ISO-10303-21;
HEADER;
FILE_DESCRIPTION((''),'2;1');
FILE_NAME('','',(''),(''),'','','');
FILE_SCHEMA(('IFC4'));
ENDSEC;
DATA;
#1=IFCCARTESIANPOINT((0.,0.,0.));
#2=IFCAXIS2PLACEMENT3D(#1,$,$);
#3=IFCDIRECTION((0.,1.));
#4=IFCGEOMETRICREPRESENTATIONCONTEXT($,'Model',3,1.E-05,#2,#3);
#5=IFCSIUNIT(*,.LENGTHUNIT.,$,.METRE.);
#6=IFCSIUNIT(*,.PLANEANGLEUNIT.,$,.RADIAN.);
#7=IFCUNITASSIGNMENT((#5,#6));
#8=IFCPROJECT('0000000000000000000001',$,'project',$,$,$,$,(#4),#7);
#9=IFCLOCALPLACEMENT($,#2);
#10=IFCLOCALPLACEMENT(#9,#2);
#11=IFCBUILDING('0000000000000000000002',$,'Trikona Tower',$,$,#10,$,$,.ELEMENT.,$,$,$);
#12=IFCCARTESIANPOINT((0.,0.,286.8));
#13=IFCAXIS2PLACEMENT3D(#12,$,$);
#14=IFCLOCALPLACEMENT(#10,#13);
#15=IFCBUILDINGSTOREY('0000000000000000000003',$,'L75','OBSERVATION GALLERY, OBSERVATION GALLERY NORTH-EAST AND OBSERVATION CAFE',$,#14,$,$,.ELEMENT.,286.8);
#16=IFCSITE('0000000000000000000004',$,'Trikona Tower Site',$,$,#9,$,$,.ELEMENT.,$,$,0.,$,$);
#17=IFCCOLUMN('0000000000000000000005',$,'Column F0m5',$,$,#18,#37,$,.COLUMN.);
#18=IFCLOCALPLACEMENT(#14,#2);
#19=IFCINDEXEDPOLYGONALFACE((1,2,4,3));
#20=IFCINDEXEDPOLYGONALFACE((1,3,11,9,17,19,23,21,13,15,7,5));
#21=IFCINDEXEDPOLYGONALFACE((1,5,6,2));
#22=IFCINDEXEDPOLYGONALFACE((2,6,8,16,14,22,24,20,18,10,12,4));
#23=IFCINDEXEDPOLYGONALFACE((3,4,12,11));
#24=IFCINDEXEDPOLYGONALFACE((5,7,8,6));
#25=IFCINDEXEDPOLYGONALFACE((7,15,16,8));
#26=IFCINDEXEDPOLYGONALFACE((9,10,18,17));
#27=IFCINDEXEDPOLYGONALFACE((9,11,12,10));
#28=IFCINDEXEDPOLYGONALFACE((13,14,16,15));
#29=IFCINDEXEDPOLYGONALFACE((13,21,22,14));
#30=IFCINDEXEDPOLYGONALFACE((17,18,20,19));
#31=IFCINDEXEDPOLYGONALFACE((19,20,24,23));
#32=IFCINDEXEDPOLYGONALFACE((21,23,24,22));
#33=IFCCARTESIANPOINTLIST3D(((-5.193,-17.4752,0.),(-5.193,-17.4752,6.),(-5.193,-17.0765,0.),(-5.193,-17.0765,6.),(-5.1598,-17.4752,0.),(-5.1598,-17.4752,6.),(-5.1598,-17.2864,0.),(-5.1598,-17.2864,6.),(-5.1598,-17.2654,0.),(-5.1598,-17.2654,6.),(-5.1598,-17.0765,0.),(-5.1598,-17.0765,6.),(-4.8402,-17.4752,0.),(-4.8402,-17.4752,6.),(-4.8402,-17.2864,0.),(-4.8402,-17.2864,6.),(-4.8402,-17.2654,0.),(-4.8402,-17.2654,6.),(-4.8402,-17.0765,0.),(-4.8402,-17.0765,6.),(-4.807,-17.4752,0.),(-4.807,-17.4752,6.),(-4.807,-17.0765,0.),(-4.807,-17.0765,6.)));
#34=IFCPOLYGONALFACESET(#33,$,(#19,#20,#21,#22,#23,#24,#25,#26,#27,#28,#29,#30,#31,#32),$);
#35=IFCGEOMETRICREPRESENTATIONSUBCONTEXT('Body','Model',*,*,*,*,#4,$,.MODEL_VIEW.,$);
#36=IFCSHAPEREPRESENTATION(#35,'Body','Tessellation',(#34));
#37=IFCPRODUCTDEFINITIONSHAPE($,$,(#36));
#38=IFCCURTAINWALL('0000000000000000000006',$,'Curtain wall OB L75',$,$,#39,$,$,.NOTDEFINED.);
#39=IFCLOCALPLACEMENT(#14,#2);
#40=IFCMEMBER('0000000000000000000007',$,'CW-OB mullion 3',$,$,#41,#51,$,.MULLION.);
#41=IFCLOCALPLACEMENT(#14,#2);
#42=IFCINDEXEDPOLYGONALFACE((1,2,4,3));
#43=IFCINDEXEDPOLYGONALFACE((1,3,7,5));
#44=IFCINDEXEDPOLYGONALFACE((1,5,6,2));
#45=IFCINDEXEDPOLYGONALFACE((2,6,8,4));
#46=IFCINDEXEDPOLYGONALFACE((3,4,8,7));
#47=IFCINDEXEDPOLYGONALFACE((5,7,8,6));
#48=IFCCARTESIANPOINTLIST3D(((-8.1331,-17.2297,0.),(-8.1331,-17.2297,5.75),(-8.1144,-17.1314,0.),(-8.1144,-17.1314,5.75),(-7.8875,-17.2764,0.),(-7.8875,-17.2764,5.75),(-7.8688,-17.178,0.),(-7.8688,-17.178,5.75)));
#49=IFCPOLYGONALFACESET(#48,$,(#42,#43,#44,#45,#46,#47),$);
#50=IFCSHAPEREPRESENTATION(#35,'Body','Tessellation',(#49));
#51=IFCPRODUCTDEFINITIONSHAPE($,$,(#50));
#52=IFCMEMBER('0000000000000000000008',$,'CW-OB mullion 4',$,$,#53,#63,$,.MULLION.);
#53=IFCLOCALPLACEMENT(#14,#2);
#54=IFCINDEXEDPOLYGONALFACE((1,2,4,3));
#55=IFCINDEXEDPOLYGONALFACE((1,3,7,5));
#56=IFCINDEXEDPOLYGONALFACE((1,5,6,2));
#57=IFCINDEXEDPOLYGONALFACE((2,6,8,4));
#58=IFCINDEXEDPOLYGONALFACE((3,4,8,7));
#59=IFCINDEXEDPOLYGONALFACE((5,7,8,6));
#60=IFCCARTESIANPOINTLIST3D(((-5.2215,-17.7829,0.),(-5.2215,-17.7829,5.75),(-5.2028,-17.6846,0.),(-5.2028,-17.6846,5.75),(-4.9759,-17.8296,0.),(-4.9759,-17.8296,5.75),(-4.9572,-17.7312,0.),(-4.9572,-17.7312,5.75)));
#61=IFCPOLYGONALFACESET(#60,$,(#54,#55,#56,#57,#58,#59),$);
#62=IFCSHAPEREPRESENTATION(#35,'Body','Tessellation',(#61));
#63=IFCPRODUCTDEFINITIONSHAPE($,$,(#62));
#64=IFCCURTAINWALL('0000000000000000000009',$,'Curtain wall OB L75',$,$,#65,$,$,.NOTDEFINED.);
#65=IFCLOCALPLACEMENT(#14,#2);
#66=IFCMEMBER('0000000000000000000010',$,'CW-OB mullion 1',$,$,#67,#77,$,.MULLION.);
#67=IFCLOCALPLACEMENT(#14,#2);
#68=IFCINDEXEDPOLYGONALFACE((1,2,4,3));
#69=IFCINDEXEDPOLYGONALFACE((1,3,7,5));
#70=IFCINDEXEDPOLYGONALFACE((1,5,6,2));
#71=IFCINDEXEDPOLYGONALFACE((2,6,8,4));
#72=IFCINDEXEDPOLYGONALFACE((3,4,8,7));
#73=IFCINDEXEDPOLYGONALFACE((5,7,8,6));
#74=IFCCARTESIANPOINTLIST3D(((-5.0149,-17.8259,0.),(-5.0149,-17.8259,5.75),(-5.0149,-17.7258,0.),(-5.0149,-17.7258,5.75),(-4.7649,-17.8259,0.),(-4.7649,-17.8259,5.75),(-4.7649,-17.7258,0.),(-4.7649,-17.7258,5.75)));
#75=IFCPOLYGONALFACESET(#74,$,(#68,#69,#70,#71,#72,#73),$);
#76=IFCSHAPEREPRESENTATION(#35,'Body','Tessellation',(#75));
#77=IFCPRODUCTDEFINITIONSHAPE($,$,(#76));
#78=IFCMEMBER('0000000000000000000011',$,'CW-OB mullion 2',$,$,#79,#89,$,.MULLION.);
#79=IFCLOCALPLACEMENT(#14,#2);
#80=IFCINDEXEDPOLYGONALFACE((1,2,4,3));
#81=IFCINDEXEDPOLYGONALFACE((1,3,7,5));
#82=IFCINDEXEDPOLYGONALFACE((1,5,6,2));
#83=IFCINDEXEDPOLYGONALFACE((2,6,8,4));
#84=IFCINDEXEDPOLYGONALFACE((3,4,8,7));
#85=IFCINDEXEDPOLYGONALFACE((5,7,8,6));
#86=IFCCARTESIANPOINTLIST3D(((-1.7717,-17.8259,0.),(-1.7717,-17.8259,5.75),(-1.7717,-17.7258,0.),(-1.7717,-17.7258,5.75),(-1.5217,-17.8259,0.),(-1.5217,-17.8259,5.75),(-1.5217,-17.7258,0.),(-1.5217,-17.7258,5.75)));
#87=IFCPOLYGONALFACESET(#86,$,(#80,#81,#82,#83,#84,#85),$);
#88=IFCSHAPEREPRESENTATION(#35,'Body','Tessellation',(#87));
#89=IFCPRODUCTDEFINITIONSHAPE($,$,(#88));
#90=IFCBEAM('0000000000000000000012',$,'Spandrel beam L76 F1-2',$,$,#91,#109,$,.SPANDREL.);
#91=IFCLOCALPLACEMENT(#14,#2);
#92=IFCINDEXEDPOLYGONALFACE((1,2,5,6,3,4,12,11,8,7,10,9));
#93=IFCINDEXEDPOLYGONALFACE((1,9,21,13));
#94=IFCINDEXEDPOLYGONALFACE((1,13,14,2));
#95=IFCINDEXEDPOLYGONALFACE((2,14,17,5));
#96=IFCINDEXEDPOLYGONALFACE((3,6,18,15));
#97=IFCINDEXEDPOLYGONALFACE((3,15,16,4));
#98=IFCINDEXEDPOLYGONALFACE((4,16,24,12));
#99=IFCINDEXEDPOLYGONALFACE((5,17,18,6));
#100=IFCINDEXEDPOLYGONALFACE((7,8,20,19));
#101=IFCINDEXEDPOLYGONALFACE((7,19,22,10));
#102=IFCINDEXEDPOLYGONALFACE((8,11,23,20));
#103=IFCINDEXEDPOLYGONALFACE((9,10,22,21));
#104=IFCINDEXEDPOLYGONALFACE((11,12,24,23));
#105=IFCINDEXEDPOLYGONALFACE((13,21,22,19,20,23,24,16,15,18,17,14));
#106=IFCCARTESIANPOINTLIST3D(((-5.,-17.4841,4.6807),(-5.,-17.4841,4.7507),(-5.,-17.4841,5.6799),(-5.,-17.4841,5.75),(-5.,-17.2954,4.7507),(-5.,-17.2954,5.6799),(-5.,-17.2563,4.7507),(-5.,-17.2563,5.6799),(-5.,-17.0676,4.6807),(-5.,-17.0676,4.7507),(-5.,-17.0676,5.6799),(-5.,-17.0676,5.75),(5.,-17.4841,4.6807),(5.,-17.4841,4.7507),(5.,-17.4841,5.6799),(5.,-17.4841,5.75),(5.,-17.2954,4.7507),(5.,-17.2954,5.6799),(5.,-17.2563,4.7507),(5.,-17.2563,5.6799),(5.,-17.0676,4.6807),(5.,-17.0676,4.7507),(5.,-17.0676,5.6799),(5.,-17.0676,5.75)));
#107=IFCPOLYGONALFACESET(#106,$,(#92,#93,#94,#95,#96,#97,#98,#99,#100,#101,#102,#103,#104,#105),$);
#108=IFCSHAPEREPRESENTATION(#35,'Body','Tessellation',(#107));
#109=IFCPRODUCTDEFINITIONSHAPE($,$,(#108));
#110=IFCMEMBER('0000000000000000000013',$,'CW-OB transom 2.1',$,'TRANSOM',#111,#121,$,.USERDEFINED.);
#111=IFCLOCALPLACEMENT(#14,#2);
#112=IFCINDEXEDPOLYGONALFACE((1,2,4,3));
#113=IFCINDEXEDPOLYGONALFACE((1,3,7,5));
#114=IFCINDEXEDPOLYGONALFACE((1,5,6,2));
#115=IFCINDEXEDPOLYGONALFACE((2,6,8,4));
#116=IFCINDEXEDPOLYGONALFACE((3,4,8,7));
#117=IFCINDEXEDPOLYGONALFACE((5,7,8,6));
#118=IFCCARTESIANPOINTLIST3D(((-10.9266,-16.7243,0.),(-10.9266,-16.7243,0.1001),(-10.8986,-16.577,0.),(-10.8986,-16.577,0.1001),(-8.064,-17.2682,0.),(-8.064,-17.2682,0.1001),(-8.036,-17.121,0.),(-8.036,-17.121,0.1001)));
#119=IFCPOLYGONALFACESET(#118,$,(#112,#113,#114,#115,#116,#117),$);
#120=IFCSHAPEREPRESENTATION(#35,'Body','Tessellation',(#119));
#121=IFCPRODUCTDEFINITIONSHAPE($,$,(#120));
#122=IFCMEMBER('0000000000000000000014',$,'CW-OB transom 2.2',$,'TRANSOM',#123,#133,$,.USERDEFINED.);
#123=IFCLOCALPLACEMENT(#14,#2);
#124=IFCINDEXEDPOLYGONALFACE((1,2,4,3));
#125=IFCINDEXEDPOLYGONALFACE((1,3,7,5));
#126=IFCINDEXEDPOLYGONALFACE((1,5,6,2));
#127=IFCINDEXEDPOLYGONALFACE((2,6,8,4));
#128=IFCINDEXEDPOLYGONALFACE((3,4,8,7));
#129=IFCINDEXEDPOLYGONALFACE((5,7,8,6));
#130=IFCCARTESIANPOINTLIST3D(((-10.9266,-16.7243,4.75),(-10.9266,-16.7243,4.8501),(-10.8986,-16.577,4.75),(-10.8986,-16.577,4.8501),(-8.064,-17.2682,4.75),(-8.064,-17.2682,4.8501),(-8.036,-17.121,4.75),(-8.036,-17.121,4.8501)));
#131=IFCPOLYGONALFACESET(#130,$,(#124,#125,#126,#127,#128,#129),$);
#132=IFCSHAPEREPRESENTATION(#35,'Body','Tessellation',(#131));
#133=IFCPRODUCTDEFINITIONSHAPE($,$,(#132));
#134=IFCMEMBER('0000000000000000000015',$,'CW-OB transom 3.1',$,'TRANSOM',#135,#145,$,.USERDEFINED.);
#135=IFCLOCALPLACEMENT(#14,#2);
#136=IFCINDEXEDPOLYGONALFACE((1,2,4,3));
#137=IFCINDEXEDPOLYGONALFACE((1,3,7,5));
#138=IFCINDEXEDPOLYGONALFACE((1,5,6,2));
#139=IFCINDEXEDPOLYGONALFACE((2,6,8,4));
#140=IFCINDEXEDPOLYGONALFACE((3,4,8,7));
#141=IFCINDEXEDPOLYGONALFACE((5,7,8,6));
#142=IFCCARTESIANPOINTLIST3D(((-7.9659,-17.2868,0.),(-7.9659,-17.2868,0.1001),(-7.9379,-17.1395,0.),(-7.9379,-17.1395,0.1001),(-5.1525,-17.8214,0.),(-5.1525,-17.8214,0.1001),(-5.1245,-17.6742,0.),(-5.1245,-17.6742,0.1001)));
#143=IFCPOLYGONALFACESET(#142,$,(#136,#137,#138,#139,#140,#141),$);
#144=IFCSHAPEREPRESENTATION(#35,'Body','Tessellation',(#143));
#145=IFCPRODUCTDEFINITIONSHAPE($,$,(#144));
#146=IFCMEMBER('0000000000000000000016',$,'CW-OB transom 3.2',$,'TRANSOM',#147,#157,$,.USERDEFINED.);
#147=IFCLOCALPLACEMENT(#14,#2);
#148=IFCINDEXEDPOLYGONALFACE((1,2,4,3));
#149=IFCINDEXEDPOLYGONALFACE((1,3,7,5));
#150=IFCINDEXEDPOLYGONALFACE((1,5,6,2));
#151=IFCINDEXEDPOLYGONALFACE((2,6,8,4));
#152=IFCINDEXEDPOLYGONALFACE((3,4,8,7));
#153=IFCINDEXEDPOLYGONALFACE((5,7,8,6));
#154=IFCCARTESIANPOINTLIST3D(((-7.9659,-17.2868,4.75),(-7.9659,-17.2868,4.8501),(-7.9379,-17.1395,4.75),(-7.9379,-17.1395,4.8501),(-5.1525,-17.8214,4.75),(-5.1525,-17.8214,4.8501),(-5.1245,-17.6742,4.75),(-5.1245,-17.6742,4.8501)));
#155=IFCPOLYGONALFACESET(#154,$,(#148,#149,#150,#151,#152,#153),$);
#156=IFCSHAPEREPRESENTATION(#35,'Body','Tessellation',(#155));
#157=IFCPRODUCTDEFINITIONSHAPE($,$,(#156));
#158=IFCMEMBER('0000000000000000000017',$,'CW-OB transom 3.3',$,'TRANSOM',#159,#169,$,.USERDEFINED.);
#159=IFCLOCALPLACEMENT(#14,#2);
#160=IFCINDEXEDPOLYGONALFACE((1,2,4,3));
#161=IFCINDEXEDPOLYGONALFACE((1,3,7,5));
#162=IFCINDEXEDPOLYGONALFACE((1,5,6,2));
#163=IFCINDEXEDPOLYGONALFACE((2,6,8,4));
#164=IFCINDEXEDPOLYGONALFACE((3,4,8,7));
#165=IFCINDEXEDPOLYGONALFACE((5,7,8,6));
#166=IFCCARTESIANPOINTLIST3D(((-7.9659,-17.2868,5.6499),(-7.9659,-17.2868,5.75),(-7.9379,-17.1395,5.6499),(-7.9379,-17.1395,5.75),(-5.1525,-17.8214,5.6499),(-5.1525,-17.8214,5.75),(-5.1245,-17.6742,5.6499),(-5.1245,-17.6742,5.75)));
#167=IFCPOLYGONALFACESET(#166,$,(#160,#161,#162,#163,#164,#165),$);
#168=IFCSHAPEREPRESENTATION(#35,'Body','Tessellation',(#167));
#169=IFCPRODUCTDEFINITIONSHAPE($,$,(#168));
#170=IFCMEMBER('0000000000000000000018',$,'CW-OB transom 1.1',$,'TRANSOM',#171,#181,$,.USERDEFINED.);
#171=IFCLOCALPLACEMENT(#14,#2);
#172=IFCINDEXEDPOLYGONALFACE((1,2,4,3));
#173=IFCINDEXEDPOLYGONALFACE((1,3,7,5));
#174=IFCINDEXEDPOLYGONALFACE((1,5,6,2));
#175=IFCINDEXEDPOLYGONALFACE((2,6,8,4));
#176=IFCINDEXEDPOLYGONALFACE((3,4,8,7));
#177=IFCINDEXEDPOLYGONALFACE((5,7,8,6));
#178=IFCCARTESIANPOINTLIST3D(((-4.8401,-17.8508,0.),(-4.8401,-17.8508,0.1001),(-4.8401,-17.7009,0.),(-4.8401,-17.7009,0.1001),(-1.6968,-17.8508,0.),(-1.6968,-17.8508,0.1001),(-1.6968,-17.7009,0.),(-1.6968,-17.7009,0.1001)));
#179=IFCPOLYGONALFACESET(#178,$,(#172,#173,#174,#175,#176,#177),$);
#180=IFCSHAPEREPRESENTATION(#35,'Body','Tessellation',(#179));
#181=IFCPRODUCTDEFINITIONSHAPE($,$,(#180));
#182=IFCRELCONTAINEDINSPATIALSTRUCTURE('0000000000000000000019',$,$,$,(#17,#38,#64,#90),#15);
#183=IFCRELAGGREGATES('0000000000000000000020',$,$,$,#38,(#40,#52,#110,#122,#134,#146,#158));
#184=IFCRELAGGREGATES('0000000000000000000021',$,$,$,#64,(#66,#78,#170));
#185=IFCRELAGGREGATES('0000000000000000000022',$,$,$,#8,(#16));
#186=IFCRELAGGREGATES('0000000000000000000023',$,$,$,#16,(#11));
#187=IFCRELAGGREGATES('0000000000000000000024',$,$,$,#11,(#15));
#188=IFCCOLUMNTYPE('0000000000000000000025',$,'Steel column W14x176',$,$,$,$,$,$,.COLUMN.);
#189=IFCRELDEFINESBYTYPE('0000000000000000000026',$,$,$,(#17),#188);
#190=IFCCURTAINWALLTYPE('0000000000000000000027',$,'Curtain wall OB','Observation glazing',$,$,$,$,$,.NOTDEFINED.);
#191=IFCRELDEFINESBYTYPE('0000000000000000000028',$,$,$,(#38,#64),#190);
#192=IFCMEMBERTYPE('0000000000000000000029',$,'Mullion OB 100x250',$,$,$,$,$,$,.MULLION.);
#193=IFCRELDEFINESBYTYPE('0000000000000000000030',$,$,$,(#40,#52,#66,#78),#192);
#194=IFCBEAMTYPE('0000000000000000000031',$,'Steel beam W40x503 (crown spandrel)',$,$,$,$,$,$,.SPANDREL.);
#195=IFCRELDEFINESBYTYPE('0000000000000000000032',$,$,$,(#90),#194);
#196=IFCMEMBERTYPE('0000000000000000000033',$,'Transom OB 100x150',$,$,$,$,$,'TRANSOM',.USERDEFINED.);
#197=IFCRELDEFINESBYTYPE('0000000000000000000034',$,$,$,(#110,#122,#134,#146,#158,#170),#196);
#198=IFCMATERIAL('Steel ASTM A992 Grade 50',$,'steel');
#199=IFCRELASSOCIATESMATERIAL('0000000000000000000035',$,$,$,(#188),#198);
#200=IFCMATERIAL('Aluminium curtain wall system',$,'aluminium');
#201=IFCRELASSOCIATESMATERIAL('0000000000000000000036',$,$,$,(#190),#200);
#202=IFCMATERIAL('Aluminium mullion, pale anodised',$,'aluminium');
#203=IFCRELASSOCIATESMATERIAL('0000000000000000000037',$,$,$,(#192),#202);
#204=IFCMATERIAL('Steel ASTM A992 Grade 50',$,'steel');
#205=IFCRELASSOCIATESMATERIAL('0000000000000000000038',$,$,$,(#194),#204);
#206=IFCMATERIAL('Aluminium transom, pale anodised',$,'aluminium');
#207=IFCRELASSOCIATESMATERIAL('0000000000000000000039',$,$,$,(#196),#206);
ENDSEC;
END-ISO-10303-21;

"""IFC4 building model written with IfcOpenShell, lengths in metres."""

from ifc_helpers import new_model, si_unit, direction, frame, origin, origin_2d, place, context, subcontext, project, spatial, rectangle, i_section, extrude, material, material_profile, profile_set, type_object, element, aggregate, save


model = new_model("IFC4")

# Units and contexts
model_context = context("Model", 3, precision=1e-05, world=origin(), true_north=direction((0.0, 1.0)))
body_context = subcontext(model_context, "Body", "Model", "MODEL_VIEW")
ifc_project = project(units=[si_unit("LENGTHUNIT", "METRE"), si_unit("PLANEANGLEUNIT", "RADIAN")], contexts=[model_context])

# Site, building, storey
site_placement = place(None, origin())
site = spatial("IfcSite", under=ifc_project, at=site_placement, Name="Trikona Tower Site", CompositionType="ELEMENT", RefElevation=0.0)
building_placement = place(site_placement, origin())
building = spatial("IfcBuilding", under=site, at=building_placement, Name="Trikona Tower", CompositionType="ELEMENT")
storey_placement = place(building_placement, frame((0.0, 0.0, 286.8)))
storey = spatial("IfcBuildingStorey", under=building, at=storey_placement, Name="L75", Description="OBSERVATION GALLERY, OBSERVATION GALLERY NORTH-EAST AND OBSERVATION CAFE", CompositionType="ELEMENT", Elevation=286.8)

# Column
ifc_material_1 = material(Name="Steel ASTM A992 Grade 50", Category="steel")
ifc_material_profile_1 = material_profile(ifc_material_1, i_section(OverallWidth=0.3987, OverallDepth=0.386, WebThickness=0.021, FlangeThickness=0.0332, at=origin_2d()), Name="W14X176")
ifc_profile_set_1 = profile_set([ifc_material_profile_1], Name="Steel ASTM A992 Grade 50")
column_type = type_object("IfcColumnType", Name="Steel column W14x176", PredefinedType="COLUMN", material=ifc_profile_set_1)
column_placement = place(storey_placement, frame((-5.0, -17.2759, 0.0), z_axis=(0.0, 0.0, 1.0), x_axis=(0.0, -1.0, 0.0)))
element("IfcColumn", 1, at=column_placement, inside=storey, type_object=column_type, Name="Column F0m5", PredefinedType="COLUMN", context=body_context, shape_type="SweptSolid", body=[
    extrude(i_section(OverallWidth=0.3987, OverallDepth=0.386, WebThickness=0.021, FlangeThickness=0.0332, at=origin_2d()), origin(), (0.0, 0.0, 1.0), 6.0),
])

# Curtain walls, members
ifc_material_2 = material(Name="Aluminium curtain wall system", Category="aluminium")
curtain_wall_type = type_object("IfcCurtainWallType", Name="Curtain wall OB", Description="Observation glazing", PredefinedType="NOTDEFINED", material=ifc_material_2)
curtain_wall_1_placement = place(storey_placement, origin())
curtain_wall_1 = element("IfcCurtainWall", 2, at=curtain_wall_1_placement, inside=storey, type_object=curtain_wall_type, Name="Curtain wall OB L75", PredefinedType="NOTDEFINED")
ifc_material_3 = material(Name="Aluminium mullion, pale anodised", Category="aluminium")
ifc_material_profile_2 = material_profile(ifc_material_3, rectangle(XDim=0.1001, YDim=0.25, at=origin_2d()), Name="MUL-OB")
ifc_profile_set_2 = profile_set([ifc_material_profile_2], Name="Aluminium mullion, pale anodised")
member_type_1 = type_object("IfcMemberType", Name="Mullion OB 100x250", PredefinedType="MULLION", material=ifc_profile_set_2)
member_1_placement = place(storey_placement, frame((-8.001, -17.2039, 0.0), z_axis=(0.0, 0.0, 1.0), x_axis=(0.186661, 0.982424, 0.0)))
member_1 = element("IfcMember", 3, at=member_1_placement, type_object=member_type_1, Name="CW-OB mullion 3", PredefinedType="MULLION", context=body_context, shape_type="SweptSolid", body=[
    extrude(rectangle(XDim=0.1001, YDim=0.25, at=origin_2d()), origin(), (0.0, 0.0, 1.0), 5.75),
])
member_2_placement = place(storey_placement, frame((-5.0894, -17.7571, 0.0), z_axis=(0.0, 0.0, 1.0), x_axis=(0.186661, 0.982424, 0.0)))
member_2 = element("IfcMember", 4, at=member_2_placement, type_object=member_type_1, Name="CW-OB mullion 4", PredefinedType="MULLION", context=body_context, shape_type="SweptSolid", body=[
    extrude(rectangle(XDim=0.1001, YDim=0.25, at=origin_2d()), origin(), (0.0, 0.0, 1.0), 5.75),
])
curtain_wall_2_placement = place(storey_placement, origin())
curtain_wall_2 = element("IfcCurtainWall", 5, at=curtain_wall_2_placement, inside=storey, type_object=curtain_wall_type, Name="Curtain wall OB L75", PredefinedType="NOTDEFINED")
member_3_placement = place(storey_placement, frame((-4.8899, -17.7759, 0.0), z_axis=(0.0, 0.0, 1.0), x_axis=(0.0, 1.0, 0.0)))
member_3 = element("IfcMember", 6, at=member_3_placement, type_object=member_type_1, Name="CW-OB mullion 1", PredefinedType="MULLION", context=body_context, shape_type="SweptSolid", body=[
    extrude(rectangle(XDim=0.1001, YDim=0.25, at=origin_2d()), origin(), (0.0, 0.0, 1.0), 5.75),
])
member_4_placement = place(storey_placement, frame((-1.6467, -17.7759, 0.0), z_axis=(0.0, 0.0, 1.0), x_axis=(0.0, 1.0, 0.0)))
member_4 = element("IfcMember", 7, at=member_4_placement, type_object=member_type_1, Name="CW-OB mullion 2", PredefinedType="MULLION", context=body_context, shape_type="SweptSolid", body=[
    extrude(rectangle(XDim=0.1001, YDim=0.25, at=origin_2d()), origin(), (0.0, 0.0, 1.0), 5.75),
])

# Beam
ifc_material_4 = material(Name="Steel ASTM A992 Grade 50", Category="steel")
ifc_material_profile_3 = material_profile(ifc_material_4, i_section(OverallWidth=0.4165, OverallDepth=1.0693, WebThickness=0.0391, FlangeThickness=0.0701, at=origin_2d()), Name="W40X503")
ifc_profile_set_3 = profile_set([ifc_material_profile_3], Name="Steel ASTM A992 Grade 50")
beam_type = type_object("IfcBeamType", Name="Steel beam W40x503 (crown spandrel)", PredefinedType="SPANDREL", material=ifc_profile_set_3)
beam_placement = place(storey_placement, frame((-5.0, -17.2759, 5.2153), z_axis=(1.0, 0.0, 0.0), x_axis=(0.0, 1.0, 0.0)))
element("IfcBeam", 8, at=beam_placement, inside=storey, type_object=beam_type, Name="Spandrel beam L76 F1-2", PredefinedType="SPANDREL", context=body_context, shape_type="SweptSolid", body=[
    extrude(i_section(OverallWidth=0.4165, OverallDepth=1.0693, WebThickness=0.0391, FlangeThickness=0.0701, at=origin_2d()), origin(), (0.0, 0.0, 1.0), 10.0),
])

# Members
ifc_material_5 = material(Name="Aluminium transom, pale anodised", Category="aluminium")
ifc_material_profile_4 = material_profile(ifc_material_5, rectangle(XDim=0.1499, YDim=0.1001, at=origin_2d()), Name="TRN-OB")
ifc_profile_set_4 = profile_set([ifc_material_profile_4], Name="Aluminium transom, pale anodised")
member_type_2 = type_object("IfcMemberType", Name="Transom OB 100x150", ElementType="TRANSOM", PredefinedType="USERDEFINED", material=ifc_profile_set_4)
member_5_placement = place(storey_placement, frame((-10.9126, -16.6506, 0.05), z_axis=(0.982421, -0.186681, 0.0), x_axis=(0.186681, 0.982421, 0.0)))
member_5 = element("IfcMember", 9, at=member_5_placement, type_object=member_type_2, Name="CW-OB transom 2.1", ObjectType="TRANSOM", PredefinedType="USERDEFINED", context=body_context, shape_type="SweptSolid", body=[
    extrude(rectangle(XDim=0.1499, YDim=0.1001, at=origin_2d()), origin(), (0.0, 0.0, 1.0), 2.9138),
])
member_6_placement = place(storey_placement, frame((-10.9126, -16.6506, 4.8), z_axis=(0.982421, -0.186681, 0.0), x_axis=(0.186681, 0.982421, 0.0)))
member_6 = element("IfcMember", 10, at=member_6_placement, type_object=member_type_2, Name="CW-OB transom 2.2", ObjectType="TRANSOM", PredefinedType="USERDEFINED", context=body_context, shape_type="SweptSolid", body=[
    extrude(rectangle(XDim=0.1499, YDim=0.1001, at=origin_2d()), origin(), (0.0, 0.0, 1.0), 2.9138),
])
member_7_placement = place(storey_placement, frame((-7.9519, -17.2131, 0.05), z_axis=(0.982418, -0.186697, 0.0), x_axis=(0.186697, 0.982418, 0.0)))
member_7 = element("IfcMember", 11, at=member_7_placement, type_object=member_type_2, Name="CW-OB transom 3.1", ObjectType="TRANSOM", PredefinedType="USERDEFINED", context=body_context, shape_type="SweptSolid", body=[
    extrude(rectangle(XDim=0.1499, YDim=0.1001, at=origin_2d()), origin(), (0.0, 0.0, 1.0), 2.8638),
])
member_8_placement = place(storey_placement, frame((-7.9519, -17.2131, 4.8), z_axis=(0.982418, -0.186697, 0.0), x_axis=(0.186697, 0.982418, 0.0)))
member_8 = element("IfcMember", 12, at=member_8_placement, type_object=member_type_2, Name="CW-OB transom 3.2", ObjectType="TRANSOM", PredefinedType="USERDEFINED", context=body_context, shape_type="SweptSolid", body=[
    extrude(rectangle(XDim=0.1499, YDim=0.1001, at=origin_2d()), origin(), (0.0, 0.0, 1.0), 2.8638),
])
member_9_placement = place(storey_placement, frame((-7.9519, -17.2131, 5.7), z_axis=(0.982418, -0.186697, 0.0), x_axis=(0.186697, 0.982418, 0.0)))
member_9 = element("IfcMember", 13, at=member_9_placement, type_object=member_type_2, Name="CW-OB transom 3.3", ObjectType="TRANSOM", PredefinedType="USERDEFINED", context=body_context, shape_type="SweptSolid", body=[
    extrude(rectangle(XDim=0.1499, YDim=0.1001, at=origin_2d()), origin(), (0.0, 0.0, 1.0), 2.8638),
])
member_10_placement = place(storey_placement, frame((-4.8401, -17.7759, 0.05), z_axis=(1.0, 0.0, 0.0), x_axis=(0.0, 1.0, 0.0)))
member_10 = element("IfcMember", 14, at=member_10_placement, type_object=member_type_2, Name="CW-OB transom 1.1", ObjectType="TRANSOM", PredefinedType="USERDEFINED", context=body_context, shape_type="SweptSolid", body=[
    extrude(rectangle(XDim=0.1499, YDim=0.1001, at=origin_2d()), origin(), (0.0, 0.0, 1.0), 3.1433),
])

aggregate(curtain_wall_1, [member_1, member_2, member_5, member_6, member_7, member_8, member_9])
aggregate(curtain_wall_2, [member_3, member_4, member_10])

save(model, "model.ifc")
